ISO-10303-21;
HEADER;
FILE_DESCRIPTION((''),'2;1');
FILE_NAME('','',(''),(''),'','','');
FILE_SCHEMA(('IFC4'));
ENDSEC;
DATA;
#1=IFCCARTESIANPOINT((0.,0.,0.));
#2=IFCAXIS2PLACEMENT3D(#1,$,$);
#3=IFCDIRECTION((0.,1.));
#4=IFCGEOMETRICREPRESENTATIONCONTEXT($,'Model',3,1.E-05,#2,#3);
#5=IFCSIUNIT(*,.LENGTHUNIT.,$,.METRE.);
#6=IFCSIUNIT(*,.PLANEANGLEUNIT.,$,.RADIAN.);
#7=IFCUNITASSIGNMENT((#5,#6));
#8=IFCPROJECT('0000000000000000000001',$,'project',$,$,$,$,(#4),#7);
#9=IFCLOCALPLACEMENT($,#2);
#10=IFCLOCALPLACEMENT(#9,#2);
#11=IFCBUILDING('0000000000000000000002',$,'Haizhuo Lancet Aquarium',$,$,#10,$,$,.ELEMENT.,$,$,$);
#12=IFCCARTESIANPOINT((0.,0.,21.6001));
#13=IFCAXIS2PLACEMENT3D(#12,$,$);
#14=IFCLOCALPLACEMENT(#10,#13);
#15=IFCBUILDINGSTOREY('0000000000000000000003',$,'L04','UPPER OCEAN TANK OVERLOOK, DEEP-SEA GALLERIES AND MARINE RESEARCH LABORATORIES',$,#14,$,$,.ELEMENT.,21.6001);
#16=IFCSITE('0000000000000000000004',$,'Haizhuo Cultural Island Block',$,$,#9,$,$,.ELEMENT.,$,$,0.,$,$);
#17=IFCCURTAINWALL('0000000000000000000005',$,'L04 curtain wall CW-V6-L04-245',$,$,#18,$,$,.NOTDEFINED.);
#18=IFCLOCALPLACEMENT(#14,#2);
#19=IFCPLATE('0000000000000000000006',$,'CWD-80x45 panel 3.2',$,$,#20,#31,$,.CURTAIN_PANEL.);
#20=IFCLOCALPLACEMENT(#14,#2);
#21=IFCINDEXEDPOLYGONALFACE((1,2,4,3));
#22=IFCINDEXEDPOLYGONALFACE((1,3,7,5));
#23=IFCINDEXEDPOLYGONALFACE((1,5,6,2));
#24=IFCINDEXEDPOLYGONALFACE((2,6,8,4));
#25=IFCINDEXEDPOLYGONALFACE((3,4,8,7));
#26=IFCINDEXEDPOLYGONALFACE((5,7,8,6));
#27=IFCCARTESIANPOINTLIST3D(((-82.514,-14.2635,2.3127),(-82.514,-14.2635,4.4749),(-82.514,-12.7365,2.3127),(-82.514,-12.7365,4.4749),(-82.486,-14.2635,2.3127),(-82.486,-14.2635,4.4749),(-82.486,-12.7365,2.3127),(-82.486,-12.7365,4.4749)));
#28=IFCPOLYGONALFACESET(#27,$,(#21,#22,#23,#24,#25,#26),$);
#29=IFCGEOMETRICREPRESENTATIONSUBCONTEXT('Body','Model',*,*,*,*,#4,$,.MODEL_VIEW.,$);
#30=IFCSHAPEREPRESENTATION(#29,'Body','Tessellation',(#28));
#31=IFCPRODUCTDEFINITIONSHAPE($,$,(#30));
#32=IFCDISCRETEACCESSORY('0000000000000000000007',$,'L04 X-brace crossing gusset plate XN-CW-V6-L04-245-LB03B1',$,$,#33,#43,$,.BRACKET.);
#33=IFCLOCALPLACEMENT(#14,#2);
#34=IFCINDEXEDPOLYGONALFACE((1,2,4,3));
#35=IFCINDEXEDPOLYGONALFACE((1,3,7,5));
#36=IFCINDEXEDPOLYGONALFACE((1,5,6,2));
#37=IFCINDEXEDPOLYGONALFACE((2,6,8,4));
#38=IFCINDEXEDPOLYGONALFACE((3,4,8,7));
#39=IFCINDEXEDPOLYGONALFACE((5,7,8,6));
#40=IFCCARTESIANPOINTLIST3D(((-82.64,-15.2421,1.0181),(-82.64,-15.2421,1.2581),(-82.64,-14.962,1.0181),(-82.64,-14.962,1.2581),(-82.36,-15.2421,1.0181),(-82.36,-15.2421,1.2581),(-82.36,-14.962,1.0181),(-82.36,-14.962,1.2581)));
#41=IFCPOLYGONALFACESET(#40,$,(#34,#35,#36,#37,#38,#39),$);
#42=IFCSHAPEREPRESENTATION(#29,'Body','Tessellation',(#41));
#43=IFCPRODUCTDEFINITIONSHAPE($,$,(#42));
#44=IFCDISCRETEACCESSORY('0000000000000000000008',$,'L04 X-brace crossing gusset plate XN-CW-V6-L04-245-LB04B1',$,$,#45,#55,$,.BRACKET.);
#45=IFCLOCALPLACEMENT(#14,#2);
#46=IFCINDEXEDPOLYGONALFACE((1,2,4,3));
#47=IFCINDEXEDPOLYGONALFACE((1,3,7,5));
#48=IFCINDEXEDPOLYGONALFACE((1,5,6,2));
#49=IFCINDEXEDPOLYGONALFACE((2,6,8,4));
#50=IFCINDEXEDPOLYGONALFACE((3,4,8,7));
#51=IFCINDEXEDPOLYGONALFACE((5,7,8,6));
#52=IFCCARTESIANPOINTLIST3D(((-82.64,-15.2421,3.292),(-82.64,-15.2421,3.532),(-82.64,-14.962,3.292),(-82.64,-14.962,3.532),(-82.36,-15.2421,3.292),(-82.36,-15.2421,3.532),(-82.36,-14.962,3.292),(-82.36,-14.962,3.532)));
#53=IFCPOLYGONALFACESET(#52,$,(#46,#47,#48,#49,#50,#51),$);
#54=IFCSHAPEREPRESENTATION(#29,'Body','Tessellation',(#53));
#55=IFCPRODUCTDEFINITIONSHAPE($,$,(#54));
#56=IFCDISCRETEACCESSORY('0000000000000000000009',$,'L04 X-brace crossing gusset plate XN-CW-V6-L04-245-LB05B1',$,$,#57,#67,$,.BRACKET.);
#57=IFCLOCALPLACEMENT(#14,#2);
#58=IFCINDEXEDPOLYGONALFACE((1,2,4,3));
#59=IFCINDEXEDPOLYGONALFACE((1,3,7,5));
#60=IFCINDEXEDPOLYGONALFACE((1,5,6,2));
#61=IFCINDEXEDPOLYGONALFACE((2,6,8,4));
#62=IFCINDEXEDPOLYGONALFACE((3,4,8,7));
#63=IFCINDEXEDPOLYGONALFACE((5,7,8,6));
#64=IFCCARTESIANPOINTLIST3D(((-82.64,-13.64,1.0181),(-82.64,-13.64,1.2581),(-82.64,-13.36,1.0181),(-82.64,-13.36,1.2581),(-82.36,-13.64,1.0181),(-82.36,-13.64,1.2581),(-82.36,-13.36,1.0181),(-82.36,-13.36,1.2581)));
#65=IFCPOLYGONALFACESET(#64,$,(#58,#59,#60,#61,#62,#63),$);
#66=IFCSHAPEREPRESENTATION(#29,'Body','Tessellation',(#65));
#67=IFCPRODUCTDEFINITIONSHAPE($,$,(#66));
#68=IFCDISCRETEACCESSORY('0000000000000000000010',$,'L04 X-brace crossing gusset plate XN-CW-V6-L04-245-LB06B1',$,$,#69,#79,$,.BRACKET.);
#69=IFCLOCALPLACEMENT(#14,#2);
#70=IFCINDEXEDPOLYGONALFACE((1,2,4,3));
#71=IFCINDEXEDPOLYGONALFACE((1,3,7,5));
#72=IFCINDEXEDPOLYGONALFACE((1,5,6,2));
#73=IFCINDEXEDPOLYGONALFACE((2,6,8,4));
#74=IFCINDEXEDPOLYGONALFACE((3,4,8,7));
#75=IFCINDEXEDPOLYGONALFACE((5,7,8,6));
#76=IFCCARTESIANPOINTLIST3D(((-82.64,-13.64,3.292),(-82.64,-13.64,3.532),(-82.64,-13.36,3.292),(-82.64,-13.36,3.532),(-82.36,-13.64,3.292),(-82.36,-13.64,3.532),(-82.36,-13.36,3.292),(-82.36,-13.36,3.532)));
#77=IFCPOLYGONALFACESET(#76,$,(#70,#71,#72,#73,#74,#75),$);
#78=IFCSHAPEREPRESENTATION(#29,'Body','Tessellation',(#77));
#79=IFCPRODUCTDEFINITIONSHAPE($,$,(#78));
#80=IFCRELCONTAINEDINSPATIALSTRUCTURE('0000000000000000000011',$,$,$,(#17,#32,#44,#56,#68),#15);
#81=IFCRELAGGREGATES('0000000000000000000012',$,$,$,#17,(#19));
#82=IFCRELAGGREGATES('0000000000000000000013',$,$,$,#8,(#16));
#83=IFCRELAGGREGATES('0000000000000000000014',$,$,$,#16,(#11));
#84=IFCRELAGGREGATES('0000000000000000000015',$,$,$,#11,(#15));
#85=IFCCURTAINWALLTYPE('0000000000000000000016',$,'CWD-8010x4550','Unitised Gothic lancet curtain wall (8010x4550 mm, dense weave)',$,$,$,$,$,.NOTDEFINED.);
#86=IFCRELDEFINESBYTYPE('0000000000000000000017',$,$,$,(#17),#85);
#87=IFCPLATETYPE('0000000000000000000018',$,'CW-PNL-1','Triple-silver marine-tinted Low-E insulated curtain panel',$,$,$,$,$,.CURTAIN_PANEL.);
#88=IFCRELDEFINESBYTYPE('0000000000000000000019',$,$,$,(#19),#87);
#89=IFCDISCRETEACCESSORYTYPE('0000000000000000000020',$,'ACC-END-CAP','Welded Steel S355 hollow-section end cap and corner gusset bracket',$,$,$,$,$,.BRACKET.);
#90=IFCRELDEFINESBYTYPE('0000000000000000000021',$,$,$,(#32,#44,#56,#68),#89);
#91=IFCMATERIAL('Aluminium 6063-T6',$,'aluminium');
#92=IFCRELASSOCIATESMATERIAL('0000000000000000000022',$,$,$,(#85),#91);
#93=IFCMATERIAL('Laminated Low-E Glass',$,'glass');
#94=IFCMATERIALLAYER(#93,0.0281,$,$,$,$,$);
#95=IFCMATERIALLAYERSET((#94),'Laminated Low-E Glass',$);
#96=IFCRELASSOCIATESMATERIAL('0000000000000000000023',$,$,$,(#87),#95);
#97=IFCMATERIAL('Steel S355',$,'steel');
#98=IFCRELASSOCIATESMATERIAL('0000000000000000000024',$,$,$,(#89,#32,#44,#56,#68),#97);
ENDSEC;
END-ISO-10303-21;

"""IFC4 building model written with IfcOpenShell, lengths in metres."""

from ifc_helpers import new_model, si_unit, direction, frame, origin, origin_2d, place, context, subcontext, project, spatial, rectangle, extrude, material, layer, layer_set, type_object, element, aggregate, save


model = new_model("IFC4")

# Units and contexts
model_context = context("Model", 3, precision=1e-05, world=origin(), true_north=direction((0.0, 1.0)))
body_context = subcontext(model_context, "Body", "Model", "MODEL_VIEW")
ifc_project = project(units=[si_unit("LENGTHUNIT", "METRE"), si_unit("PLANEANGLEUNIT", "RADIAN")], contexts=[model_context])

# Site, building, storey
site_placement = place(None, origin())
site = spatial("IfcSite", under=ifc_project, at=site_placement, Name="Haizhuo Cultural Island Block", CompositionType="ELEMENT", RefElevation=0.0)
building_placement = place(site_placement, origin())
building = spatial("IfcBuilding", under=site, at=building_placement, Name="Haizhuo Lancet Aquarium", CompositionType="ELEMENT")
storey_placement = place(building_placement, frame((0.0, 0.0, 21.6001)))
storey = spatial("IfcBuildingStorey", under=building, at=storey_placement, Name="L04", Description="UPPER OCEAN TANK OVERLOOK, DEEP-SEA GALLERIES AND MARINE RESEARCH LABORATORIES", CompositionType="ELEMENT", Elevation=21.6001)

# Curtain wall
ifc_material_1 = material(Name="Aluminium 6063-T6", Category="aluminium")
curtain_wall_type = type_object("IfcCurtainWallType", Name="CWD-8010x4550", Description="Unitised Gothic lancet curtain wall (8010x4550 mm, dense weave)", PredefinedType="NOTDEFINED", material=ifc_material_1)
curtain_wall_placement = place(storey_placement, origin())
curtain_wall = element("IfcCurtainWall", 1, at=curtain_wall_placement, inside=storey, type_object=curtain_wall_type, Name="L04 curtain wall CW-V6-L04-245", PredefinedType="NOTDEFINED")

# Shared definitions
ifc_material_2 = material(Name="Steel S355", Category="steel")

# Plate
ifc_material_3 = material(Name="Laminated Low-E Glass", Category="glass")
ifc_layer = layer(ifc_material_3, 0.0281)
ifc_layer_set = layer_set([ifc_layer], Name="Laminated Low-E Glass")
plate_type = type_object("IfcPlateType", Name="CW-PNL-1", Description="Triple-silver marine-tinted Low-E insulated curtain panel", PredefinedType="CURTAIN_PANEL", material=ifc_layer_set)
plate_1_placement = place(storey_placement, frame((-82.5, -13.5, 2.3127), z_axis=(0.0, 0.0, 1.0), x_axis=(0.0, 1.0, 0.0)))
plate_1 = element("IfcPlate", 2, at=plate_1_placement, type_object=plate_type, Name="CWD-80x45 panel 3.2", PredefinedType="CURTAIN_PANEL", context=body_context, shape_type="SweptSolid", body=[
    extrude(rectangle(XDim=1.5271, YDim=0.0281, at=origin_2d()), origin(), (0.0, 0.0, 1.0), 2.1621),
])
aggregate(curtain_wall, [plate_1])

# Discrete accessories
discrete_accessory_type = type_object("IfcDiscreteAccessoryType", Name="ACC-END-CAP", Description="Welded Steel S355 hollow-section end cap and corner gusset bracket", PredefinedType="BRACKET", material=ifc_material_2)
for number, where, z_axis, x_axis, name in (
    (3, (-82.5, -15.1021, 1.0181), (0.0, 0.0, 1.0), (1.0, 0.0, 0.0), "L04 X-brace crossing gusset plate XN-CW-V6-L04-245-LB03B1"),
    (4, (-82.5, -15.1021, 3.292), (0.0, 0.0, 1.0), (1.0, 0.0, 0.0), "L04 X-brace crossing gusset plate XN-CW-V6-L04-245-LB04B1"),
    (5, (-82.5, -13.5, 1.0181), (0.0, 0.0, 1.0), (1.0, 0.0, 0.0), "L04 X-brace crossing gusset plate XN-CW-V6-L04-245-LB05B1"),
    (6, (-82.5, -13.5, 3.292), (0.0, 0.0, 1.0), (1.0, 0.0, 0.0), "L04 X-brace crossing gusset plate XN-CW-V6-L04-245-LB06B1"),
):
    element("IfcDiscreteAccessory", number, at=place(storey_placement, frame(where, z_axis=z_axis, x_axis=x_axis)), inside=storey, type_object=discrete_accessory_type, material=ifc_material_2, Name=name, PredefinedType="BRACKET", context=body_context, shape_type="SweptSolid", body=[
        extrude(rectangle(XDim=0.28, YDim=0.28, at=origin_2d()), origin(), (0.0, 0.0, 1.0), 0.24),
    ])

save(model, "model.ifc")
